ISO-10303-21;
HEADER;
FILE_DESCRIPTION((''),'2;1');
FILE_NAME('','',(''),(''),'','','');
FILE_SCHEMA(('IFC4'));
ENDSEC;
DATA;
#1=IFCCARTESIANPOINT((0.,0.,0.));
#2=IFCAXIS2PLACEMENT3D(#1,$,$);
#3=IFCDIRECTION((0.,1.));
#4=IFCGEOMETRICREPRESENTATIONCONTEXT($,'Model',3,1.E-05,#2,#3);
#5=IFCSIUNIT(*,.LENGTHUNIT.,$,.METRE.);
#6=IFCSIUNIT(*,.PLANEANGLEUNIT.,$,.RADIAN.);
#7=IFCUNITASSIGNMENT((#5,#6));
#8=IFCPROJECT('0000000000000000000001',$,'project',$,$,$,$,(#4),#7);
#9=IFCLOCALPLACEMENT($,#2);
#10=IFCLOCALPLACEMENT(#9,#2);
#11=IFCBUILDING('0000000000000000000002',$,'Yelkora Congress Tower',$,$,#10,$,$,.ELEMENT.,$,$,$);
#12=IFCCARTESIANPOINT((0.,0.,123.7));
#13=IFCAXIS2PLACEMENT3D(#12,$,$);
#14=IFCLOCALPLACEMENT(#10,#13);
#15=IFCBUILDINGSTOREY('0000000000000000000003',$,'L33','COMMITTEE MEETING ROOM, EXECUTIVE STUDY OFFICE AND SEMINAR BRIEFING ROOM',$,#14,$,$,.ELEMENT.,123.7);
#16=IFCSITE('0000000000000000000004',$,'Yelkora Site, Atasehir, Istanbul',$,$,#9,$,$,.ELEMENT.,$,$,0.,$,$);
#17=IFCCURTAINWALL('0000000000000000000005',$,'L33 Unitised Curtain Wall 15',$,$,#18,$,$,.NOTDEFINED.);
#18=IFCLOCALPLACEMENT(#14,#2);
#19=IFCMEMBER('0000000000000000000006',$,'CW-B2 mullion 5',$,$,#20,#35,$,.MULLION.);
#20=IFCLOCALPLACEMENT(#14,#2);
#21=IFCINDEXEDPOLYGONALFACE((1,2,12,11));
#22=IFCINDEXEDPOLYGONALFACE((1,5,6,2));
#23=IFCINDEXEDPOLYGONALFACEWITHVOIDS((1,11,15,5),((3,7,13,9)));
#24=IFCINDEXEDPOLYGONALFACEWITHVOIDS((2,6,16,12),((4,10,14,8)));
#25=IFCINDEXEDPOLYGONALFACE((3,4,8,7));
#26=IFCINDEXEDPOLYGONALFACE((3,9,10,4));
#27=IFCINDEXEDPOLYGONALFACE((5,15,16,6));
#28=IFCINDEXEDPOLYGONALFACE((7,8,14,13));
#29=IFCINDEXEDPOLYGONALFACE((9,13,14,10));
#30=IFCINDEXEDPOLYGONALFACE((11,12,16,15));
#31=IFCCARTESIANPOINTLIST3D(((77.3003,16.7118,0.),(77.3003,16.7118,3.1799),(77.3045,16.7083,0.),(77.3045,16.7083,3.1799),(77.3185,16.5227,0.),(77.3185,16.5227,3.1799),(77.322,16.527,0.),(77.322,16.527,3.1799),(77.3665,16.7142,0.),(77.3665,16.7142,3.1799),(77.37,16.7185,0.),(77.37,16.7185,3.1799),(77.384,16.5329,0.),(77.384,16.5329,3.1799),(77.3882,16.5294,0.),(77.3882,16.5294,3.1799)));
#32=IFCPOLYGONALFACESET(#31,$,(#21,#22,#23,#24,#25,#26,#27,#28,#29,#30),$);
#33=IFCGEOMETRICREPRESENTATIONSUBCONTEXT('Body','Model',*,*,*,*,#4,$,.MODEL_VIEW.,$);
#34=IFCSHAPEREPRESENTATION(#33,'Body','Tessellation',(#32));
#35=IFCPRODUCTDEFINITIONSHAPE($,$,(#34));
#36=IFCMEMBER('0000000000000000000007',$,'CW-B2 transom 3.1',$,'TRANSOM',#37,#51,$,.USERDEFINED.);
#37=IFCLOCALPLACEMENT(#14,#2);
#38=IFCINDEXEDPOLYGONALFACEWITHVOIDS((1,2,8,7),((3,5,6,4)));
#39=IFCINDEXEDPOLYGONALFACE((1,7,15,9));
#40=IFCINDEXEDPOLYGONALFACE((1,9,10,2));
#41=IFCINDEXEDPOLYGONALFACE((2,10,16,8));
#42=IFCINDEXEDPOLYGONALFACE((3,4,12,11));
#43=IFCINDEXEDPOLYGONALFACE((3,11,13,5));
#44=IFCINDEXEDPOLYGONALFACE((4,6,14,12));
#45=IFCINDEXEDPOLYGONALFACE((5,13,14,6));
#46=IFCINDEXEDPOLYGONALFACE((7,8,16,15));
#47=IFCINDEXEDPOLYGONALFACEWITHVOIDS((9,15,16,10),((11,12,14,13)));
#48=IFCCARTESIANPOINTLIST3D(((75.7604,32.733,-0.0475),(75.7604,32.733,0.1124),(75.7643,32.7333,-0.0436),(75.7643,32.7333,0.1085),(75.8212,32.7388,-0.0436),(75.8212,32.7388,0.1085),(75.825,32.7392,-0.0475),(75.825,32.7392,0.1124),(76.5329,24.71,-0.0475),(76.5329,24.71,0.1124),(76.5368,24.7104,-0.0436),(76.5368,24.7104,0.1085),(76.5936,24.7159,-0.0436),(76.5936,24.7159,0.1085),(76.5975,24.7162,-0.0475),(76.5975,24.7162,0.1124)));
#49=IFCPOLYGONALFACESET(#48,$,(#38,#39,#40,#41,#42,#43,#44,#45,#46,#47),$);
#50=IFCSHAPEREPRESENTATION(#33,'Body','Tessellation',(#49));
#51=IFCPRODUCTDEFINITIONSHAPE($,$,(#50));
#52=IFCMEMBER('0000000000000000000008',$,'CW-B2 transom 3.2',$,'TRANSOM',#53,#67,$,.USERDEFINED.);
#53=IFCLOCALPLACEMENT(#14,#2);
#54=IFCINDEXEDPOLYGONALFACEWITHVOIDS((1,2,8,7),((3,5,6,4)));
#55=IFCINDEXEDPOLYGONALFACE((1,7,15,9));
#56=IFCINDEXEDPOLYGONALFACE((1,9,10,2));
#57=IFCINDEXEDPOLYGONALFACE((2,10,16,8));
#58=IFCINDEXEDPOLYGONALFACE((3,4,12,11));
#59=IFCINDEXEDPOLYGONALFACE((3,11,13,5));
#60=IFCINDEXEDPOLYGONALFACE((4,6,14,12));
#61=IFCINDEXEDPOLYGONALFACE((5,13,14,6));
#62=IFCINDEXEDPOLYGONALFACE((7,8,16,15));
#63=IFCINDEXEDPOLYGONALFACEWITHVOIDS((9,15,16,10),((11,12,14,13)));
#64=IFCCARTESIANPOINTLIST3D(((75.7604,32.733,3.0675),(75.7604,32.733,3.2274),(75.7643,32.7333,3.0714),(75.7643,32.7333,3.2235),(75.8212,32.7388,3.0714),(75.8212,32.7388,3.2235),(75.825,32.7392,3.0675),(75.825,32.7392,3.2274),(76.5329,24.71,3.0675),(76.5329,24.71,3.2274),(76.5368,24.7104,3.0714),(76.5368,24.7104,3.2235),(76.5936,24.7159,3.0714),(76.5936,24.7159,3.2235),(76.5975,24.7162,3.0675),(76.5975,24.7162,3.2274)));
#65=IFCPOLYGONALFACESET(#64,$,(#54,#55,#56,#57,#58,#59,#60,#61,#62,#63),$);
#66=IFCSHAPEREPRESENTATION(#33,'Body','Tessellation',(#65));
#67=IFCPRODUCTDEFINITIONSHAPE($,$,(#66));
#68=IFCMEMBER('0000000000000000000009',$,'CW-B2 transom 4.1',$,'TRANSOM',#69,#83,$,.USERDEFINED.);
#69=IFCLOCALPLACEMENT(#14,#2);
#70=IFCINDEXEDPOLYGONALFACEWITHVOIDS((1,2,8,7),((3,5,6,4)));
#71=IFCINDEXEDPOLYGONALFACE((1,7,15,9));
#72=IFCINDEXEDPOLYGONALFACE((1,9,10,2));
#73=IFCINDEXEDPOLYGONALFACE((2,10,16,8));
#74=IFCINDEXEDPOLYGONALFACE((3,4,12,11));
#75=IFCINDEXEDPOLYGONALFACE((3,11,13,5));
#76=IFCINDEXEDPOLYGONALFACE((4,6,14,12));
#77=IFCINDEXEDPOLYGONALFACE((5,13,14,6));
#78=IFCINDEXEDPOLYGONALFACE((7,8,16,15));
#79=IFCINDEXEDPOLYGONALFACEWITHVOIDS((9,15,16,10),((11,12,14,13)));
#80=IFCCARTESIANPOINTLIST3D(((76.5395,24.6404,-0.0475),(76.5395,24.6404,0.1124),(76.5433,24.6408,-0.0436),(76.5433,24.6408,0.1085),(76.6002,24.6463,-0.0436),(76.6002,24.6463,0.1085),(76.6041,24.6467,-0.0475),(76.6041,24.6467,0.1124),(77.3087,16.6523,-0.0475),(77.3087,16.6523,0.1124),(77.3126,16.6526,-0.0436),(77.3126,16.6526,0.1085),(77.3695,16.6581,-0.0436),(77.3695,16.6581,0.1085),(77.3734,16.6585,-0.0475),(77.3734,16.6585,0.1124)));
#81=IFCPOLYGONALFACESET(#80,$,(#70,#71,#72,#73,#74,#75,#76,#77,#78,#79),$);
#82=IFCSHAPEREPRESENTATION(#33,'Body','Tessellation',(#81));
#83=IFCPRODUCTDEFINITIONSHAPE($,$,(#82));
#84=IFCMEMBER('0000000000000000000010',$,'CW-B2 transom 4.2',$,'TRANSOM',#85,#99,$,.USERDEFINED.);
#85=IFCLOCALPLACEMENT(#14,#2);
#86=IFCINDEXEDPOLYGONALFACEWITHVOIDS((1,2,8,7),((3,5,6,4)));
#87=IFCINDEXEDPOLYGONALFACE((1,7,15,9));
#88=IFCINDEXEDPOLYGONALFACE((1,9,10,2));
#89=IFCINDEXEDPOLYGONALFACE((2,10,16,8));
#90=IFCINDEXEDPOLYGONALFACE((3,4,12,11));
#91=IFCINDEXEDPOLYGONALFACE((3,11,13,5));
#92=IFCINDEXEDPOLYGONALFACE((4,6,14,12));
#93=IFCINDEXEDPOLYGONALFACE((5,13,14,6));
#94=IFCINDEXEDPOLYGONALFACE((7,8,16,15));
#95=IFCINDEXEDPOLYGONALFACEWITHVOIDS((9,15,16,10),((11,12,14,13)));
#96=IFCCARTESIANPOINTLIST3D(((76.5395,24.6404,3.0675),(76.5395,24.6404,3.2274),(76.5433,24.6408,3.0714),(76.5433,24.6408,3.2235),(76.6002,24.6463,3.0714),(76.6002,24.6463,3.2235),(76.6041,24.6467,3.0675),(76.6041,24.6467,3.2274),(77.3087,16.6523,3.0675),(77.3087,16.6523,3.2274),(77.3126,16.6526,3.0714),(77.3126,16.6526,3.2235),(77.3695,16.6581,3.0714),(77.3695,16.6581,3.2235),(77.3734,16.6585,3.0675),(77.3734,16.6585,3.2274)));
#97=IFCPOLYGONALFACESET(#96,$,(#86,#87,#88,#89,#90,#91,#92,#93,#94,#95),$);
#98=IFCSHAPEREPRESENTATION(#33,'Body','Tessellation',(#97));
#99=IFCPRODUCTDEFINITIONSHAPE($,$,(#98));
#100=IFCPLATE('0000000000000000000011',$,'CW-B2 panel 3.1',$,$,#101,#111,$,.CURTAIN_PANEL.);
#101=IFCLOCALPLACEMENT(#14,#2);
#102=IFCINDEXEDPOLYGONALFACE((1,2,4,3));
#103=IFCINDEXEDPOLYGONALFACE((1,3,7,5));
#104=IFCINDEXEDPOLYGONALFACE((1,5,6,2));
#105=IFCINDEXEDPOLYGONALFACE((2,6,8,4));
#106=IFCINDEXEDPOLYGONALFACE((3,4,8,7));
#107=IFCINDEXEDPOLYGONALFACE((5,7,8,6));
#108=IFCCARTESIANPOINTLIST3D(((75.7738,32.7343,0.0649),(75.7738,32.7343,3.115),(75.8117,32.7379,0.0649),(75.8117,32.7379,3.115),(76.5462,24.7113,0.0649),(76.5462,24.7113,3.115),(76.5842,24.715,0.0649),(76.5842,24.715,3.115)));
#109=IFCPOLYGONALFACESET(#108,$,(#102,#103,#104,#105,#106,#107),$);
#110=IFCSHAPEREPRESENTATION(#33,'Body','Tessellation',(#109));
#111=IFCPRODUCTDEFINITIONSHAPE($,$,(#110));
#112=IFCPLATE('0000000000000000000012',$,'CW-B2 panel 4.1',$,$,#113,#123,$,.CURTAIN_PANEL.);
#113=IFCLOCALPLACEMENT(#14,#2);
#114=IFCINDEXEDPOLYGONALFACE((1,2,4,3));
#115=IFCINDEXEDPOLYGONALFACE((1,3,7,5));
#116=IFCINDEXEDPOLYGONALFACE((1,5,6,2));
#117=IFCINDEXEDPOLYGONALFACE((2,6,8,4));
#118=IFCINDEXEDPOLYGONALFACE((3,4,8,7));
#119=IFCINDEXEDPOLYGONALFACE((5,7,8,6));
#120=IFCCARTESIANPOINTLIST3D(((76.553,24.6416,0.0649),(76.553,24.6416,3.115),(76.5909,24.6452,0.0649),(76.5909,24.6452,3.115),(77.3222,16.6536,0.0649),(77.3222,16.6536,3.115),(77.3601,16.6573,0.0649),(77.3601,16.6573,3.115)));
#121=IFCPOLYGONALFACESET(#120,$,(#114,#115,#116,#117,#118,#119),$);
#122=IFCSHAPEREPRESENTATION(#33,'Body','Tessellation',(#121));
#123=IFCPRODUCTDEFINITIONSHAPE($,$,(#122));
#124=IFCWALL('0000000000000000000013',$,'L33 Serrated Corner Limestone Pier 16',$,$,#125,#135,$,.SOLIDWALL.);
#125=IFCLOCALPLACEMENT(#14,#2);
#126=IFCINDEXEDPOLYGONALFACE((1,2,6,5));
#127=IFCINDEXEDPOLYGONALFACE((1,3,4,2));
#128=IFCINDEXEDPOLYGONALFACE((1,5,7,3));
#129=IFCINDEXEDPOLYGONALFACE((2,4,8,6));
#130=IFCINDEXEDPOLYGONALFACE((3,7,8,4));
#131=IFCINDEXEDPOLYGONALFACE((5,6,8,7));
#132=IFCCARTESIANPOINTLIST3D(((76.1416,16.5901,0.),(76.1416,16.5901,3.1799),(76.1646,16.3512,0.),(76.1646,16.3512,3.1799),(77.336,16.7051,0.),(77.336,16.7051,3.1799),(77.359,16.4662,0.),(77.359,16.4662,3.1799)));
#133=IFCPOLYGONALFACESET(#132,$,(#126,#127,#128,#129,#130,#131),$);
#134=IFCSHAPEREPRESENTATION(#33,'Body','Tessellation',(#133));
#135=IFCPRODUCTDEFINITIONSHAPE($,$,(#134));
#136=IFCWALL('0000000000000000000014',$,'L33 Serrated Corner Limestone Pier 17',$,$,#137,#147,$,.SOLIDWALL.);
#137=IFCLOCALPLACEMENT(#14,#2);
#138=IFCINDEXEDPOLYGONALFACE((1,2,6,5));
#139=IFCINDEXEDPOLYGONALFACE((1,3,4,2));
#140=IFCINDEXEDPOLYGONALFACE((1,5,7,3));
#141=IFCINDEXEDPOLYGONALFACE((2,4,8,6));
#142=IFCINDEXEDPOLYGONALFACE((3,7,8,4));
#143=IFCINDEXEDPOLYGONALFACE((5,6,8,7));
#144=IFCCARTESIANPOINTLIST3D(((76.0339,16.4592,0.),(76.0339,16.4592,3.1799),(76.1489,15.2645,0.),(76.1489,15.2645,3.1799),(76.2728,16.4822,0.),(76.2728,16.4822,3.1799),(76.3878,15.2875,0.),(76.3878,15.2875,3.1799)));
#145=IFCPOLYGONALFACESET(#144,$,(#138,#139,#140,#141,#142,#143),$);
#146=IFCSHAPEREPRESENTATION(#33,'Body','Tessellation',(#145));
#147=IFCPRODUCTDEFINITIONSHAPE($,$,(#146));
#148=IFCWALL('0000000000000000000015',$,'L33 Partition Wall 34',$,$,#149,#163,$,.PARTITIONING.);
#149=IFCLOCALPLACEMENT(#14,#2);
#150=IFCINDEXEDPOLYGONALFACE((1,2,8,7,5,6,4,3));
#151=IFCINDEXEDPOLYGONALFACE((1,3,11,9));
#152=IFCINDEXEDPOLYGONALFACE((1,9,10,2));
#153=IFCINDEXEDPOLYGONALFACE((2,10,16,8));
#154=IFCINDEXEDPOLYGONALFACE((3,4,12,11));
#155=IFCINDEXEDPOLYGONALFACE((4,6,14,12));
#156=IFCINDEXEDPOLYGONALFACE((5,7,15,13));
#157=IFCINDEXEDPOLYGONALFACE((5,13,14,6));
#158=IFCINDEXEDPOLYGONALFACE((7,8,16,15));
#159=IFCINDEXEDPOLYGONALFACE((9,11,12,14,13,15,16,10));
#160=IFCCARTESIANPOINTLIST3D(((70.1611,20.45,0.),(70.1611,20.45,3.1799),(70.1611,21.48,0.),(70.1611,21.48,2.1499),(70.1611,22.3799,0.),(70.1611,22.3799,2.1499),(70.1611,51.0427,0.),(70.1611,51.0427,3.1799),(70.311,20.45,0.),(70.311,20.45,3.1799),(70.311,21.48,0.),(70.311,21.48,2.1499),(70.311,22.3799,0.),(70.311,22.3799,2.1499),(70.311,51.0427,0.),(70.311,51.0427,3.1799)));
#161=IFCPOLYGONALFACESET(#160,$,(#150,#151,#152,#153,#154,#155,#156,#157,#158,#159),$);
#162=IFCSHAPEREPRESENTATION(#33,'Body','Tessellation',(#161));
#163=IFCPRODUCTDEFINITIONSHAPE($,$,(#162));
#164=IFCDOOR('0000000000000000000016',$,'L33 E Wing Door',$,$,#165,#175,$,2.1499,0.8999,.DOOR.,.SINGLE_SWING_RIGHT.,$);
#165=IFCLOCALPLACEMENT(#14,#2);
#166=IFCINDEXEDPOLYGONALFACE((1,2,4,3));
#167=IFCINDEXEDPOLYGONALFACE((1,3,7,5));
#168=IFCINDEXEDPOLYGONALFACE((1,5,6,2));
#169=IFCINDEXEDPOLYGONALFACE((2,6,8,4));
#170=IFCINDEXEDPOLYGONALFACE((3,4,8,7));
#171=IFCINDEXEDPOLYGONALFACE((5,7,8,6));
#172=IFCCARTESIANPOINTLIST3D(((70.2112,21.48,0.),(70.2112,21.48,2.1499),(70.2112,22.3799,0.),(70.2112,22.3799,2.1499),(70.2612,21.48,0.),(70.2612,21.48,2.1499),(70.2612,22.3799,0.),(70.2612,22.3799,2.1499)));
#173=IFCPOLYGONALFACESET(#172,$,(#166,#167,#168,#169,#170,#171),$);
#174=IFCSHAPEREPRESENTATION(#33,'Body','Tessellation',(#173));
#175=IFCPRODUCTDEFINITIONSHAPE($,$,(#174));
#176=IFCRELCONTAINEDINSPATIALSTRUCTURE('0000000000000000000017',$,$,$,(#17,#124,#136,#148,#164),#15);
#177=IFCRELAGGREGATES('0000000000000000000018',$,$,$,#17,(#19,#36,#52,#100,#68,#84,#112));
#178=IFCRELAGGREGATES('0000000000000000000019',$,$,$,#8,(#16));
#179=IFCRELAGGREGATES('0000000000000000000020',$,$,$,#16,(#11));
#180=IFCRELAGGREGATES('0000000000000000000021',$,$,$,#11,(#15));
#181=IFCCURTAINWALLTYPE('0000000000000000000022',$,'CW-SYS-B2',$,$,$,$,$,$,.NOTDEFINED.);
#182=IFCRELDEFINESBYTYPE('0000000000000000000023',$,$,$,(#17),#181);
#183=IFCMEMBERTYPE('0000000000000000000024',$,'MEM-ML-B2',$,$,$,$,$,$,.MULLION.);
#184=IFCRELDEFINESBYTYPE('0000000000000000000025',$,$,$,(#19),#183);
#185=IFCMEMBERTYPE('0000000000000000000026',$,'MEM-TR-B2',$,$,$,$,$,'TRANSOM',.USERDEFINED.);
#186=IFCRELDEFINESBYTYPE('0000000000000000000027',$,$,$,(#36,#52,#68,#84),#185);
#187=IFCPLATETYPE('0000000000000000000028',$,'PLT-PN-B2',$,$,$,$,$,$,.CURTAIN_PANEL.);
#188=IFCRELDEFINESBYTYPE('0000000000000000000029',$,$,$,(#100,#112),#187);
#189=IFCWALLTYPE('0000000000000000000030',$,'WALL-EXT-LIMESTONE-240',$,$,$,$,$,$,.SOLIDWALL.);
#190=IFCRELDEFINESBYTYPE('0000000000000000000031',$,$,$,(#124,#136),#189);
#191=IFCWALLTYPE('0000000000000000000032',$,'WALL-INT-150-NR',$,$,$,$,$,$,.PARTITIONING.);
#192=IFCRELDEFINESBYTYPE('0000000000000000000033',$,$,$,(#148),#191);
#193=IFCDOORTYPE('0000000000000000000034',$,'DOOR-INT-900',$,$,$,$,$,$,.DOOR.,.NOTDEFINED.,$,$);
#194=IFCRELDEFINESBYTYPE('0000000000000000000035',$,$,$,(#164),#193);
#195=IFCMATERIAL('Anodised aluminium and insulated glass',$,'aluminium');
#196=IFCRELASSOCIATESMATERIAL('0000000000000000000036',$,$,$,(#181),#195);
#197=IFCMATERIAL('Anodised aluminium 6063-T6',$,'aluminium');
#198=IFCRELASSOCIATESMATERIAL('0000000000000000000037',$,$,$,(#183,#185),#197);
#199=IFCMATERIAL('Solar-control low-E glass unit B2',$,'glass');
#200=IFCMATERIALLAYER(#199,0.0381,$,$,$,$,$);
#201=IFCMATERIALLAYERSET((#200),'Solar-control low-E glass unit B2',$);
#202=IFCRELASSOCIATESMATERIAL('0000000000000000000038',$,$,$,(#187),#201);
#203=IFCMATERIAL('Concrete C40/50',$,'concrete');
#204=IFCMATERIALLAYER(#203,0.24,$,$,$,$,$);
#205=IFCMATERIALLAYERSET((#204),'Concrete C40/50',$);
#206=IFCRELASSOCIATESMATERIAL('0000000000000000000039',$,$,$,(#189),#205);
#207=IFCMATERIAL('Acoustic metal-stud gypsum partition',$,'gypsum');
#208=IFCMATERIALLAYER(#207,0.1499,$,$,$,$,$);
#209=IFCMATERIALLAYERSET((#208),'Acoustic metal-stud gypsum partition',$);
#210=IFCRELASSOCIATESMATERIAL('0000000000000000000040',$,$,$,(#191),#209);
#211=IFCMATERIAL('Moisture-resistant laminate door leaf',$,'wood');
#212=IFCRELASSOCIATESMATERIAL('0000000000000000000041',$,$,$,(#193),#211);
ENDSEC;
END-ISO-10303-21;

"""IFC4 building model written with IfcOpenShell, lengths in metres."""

from ifc_helpers import new_model, si_unit, direction, frame, frame_2d, origin, origin_2d, place, context, subcontext, project, spatial, rectangle, hollow_rectangle, extrude, material, layer, layer_set, material_profile, profile_set, type_object, element, fill, aggregate, save


model = new_model("IFC4")

# Units and contexts
model_context = context("Model", 3, precision=1e-05, world=origin(), true_north=direction((0.0, 1.0)))
body_context = subcontext(model_context, "Body", "Model", "MODEL_VIEW")
ifc_project = project(units=[si_unit("LENGTHUNIT", "METRE"), si_unit("PLANEANGLEUNIT", "RADIAN")], contexts=[model_context])

# Site, building, storey
site_placement = place(None, origin())
site = spatial("IfcSite", under=ifc_project, at=site_placement, Name="Yelkora Site, Atasehir, Istanbul", CompositionType="ELEMENT", RefElevation=0.0)
building_placement = place(site_placement, origin())
building = spatial("IfcBuilding", under=site, at=building_placement, Name="Yelkora Congress Tower", CompositionType="ELEMENT")
storey_placement = place(building_placement, frame((0.0, 0.0, 123.7)))
storey = spatial("IfcBuildingStorey", under=building, at=storey_placement, Name="L33", Description="COMMITTEE MEETING ROOM, EXECUTIVE STUDY OFFICE AND SEMINAR BRIEFING ROOM", CompositionType="ELEMENT", Elevation=123.7)

# Curtain wall, members, plates
ifc_material_1 = material(Name="Anodised aluminium and insulated glass", Category="aluminium")
curtain_wall_type = type_object("IfcCurtainWallType", Name="CW-SYS-B2", PredefinedType="NOTDEFINED", material=ifc_material_1)
curtain_wall_placement = place(storey_placement, origin())
curtain_wall = element("IfcCurtainWall", 1, at=curtain_wall_placement, inside=storey, type_object=curtain_wall_type, Name="L33 Unitised Curtain Wall 15", PredefinedType="NOTDEFINED")
ifc_material_2 = material(Name="Anodised aluminium 6063-T6", Category="aluminium")
ifc_material_profile_1 = material_profile(ifc_material_2, hollow_rectangle(XDim=0.0701, YDim=0.1899, WallThickness=0.0039, at=origin_2d()), Name="ALU 70x190x4")
ifc_profile_set_1 = profile_set([ifc_material_profile_1], Name="Anodised aluminium 6063-T6")
member_type_1 = type_object("IfcMemberType", Name="MEM-ML-B2", PredefinedType="MULLION", material=ifc_profile_set_1)
member_1_placement = place(storey_placement, frame((77.3442, 16.6206, 0.0), z_axis=(0.0, 0.0, 1.0), x_axis=(0.995397, 0.095843, 0.0)))
member_1 = element("IfcMember", 2, at=member_1_placement, type_object=member_type_1, Name="CW-B2 mullion 5", PredefinedType="MULLION", context=body_context, shape_type="SweptSolid", body=[
    extrude(hollow_rectangle(XDim=0.0701, YDim=0.1899, WallThickness=0.0039, at=origin_2d()), origin(), (0.0, 0.0, 1.0), 3.1799),
])
ifc_material_profile_2 = material_profile(ifc_material_2, hollow_rectangle(XDim=0.0649, YDim=0.1599, WallThickness=0.0039, at=origin_2d()), Name="ALU 65x160x4")
ifc_profile_set_2 = profile_set([ifc_material_profile_2], Name="Anodised aluminium 6063-T6")
member_type_2 = type_object("IfcMemberType", Name="MEM-TR-B2", ElementType="TRANSOM", PredefinedType="USERDEFINED", material=ifc_profile_set_2)
member_2_placement = place(storey_placement, frame((75.7927, 32.7361, 0.0325), z_axis=(0.095838, -0.995397, 0.0), x_axis=(0.995397, 0.095838, 0.0)))
member_2 = element("IfcMember", 3, at=member_2_placement, type_object=member_type_2, Name="CW-B2 transom 3.1", ObjectType="TRANSOM", PredefinedType="USERDEFINED", context=body_context, shape_type="SweptSolid", body=[
    extrude(hollow_rectangle(XDim=0.0649, YDim=0.1599, WallThickness=0.0039, at=origin_2d()), origin(), (0.0, 0.0, 1.0), 8.0601),
])
member_3_placement = place(storey_placement, frame((75.7927, 32.7361, 3.1475), z_axis=(0.095838, -0.995397, 0.0), x_axis=(0.995397, 0.095838, 0.0)))
member_3 = element("IfcMember", 4, at=member_3_placement, type_object=member_type_2, Name="CW-B2 transom 3.2", ObjectType="TRANSOM", PredefinedType="USERDEFINED", context=body_context, shape_type="SweptSolid", body=[
    extrude(hollow_rectangle(XDim=0.0649, YDim=0.1599, WallThickness=0.0039, at=origin_2d()), origin(), (0.0, 0.0, 1.0), 8.0601),
])
member_4_placement = place(storey_placement, frame((76.5718, 24.6436, 0.0325), z_axis=(0.095858, -0.995395, 0.0), x_axis=(0.995395, 0.095858, 0.0)))
member_4 = element("IfcMember", 5, at=member_4_placement, type_object=member_type_2, Name="CW-B2 transom 4.1", ObjectType="TRANSOM", PredefinedType="USERDEFINED", context=body_context, shape_type="SweptSolid", body=[
    extrude(hollow_rectangle(XDim=0.0649, YDim=0.1599, WallThickness=0.0039, at=origin_2d()), origin(), (0.0, 0.0, 1.0), 8.0251),
])
member_5_placement = place(storey_placement, frame((76.5718, 24.6436, 3.1475), z_axis=(0.095858, -0.995395, 0.0), x_axis=(0.995395, 0.095858, 0.0)))
member_5 = element("IfcMember", 6, at=member_5_placement, type_object=member_type_2, Name="CW-B2 transom 4.2", ObjectType="TRANSOM", PredefinedType="USERDEFINED", context=body_context, shape_type="SweptSolid", body=[
    extrude(hollow_rectangle(XDim=0.0649, YDim=0.1599, WallThickness=0.0039, at=origin_2d()), origin(), (0.0, 0.0, 1.0), 8.0251),
])
ifc_material_3 = material(Name="Solar-control low-E glass unit B2", Category="glass")
ifc_layer_1 = layer(ifc_material_3, 0.0381)
ifc_layer_set_1 = layer_set([ifc_layer_1], Name="Solar-control low-E glass unit B2")
plate_type = type_object("IfcPlateType", Name="PLT-PN-B2", PredefinedType="CURTAIN_PANEL", material=ifc_layer_set_1)
plate_1_placement = place(storey_placement, frame((76.179, 28.7246, 0.0649), z_axis=(0.0, 0.0, 1.0), x_axis=(0.095843, -0.995397, 0.0)))
plate_1 = element("IfcPlate", 7, at=plate_1_placement, type_object=plate_type, Name="CW-B2 panel 3.1", PredefinedType="CURTAIN_PANEL", context=body_context, shape_type="SweptSolid", body=[
    extrude(rectangle(XDim=8.0601, YDim=0.0381, at=origin_2d()), origin(), (0.0, 0.0, 1.0), 3.05),
])
plate_2_placement = place(storey_placement, frame((76.9565, 20.6494, 0.0649), z_axis=(0.0, 0.0, 1.0), x_axis=(0.095843, -0.995397, 0.0)))
plate_2 = element("IfcPlate", 8, at=plate_2_placement, type_object=plate_type, Name="CW-B2 panel 4.1", PredefinedType="CURTAIN_PANEL", context=body_context, shape_type="SweptSolid", body=[
    extrude(rectangle(XDim=8.0249, YDim=0.0381, at=origin_2d()), origin(), (0.0, 0.0, 1.0), 3.05),
])
aggregate(curtain_wall, [member_1, member_2, member_3, plate_1, member_4, member_5, plate_2])

# Walls
ifc_material_4 = material(Name="Concrete C40/50", Category="concrete")
ifc_layer_2 = layer(ifc_material_4, 0.24)
ifc_layer_set_2 = layer_set([ifc_layer_2], Name="Concrete C40/50")
wall_type_1 = type_object("IfcWallType", Name="WALL-EXT-LIMESTONE-240", PredefinedType="SOLIDWALL", material=ifc_layer_set_2)
wall_1_placement = place(storey_placement, frame((77.3477, 16.5857, 0.0), z_axis=(0.0, 0.0, 1.0), x_axis=(-0.995397, -0.095836, 0.0)))
element("IfcWall", 9, at=wall_1_placement, inside=storey, type_object=wall_type_1, Name="L33 Serrated Corner Limestone Pier 16", PredefinedType="SOLIDWALL", context=body_context, shape_type="SweptSolid", body=[
    extrude(rectangle(XDim=1.2, YDim=0.24, at=frame_2d((0.6001, 0.0))), origin(), (0.0, 0.0, 1.0), 3.1799),
])
wall_2_placement = place(storey_placement, frame((76.1533, 16.4707, 0.0), z_axis=(0.0, 0.0, 1.0), x_axis=(0.095817, -0.995399, 0.0)))
element("IfcWall", 10, at=wall_2_placement, inside=storey, type_object=wall_type_1, Name="L33 Serrated Corner Limestone Pier 17", PredefinedType="SOLIDWALL", context=body_context, shape_type="SweptSolid", body=[
    extrude(rectangle(XDim=1.2002, YDim=0.24, at=frame_2d((0.6001, 0.0))), origin(), (0.0, 0.0, 1.0), 3.1799),
])

# Wall, opening, door
ifc_material_5 = material(Name="Acoustic metal-stud gypsum partition", Category="gypsum")
ifc_layer_3 = layer(ifc_material_5, 0.1499)
ifc_layer_set_3 = layer_set([ifc_layer_3], Name="Acoustic metal-stud gypsum partition")
wall_type_2 = type_object("IfcWallType", Name="WALL-INT-150-NR", PredefinedType="PARTITIONING", material=ifc_layer_set_3)
wall_3_placement = place(storey_placement, frame((70.2361, 20.45, 0.0), z_axis=(0.0, 0.0, 1.0), x_axis=(0.0, 1.0, 0.0)))
wall_3 = element("IfcWall", 11, at=wall_3_placement, inside=storey, type_object=wall_type_2, Name="L33 Partition Wall 34", PredefinedType="PARTITIONING", context=body_context, shape_type="SweptSolid", body=[
    extrude(rectangle(XDim=30.5928, YDim=0.1499, at=frame_2d((15.2964, 0.0))), origin(), (0.0, 0.0, 1.0), 3.1799),
])
opening_placement = place(wall_3_placement, frame((1.03, 0.0, 0.0)))
opening = element("IfcOpeningElement", 12, at=opening_placement, cuts=wall_3, PredefinedType="OPENING", context=body_context, shape_type="SweptSolid", body=[
    extrude(rectangle(XDim=0.8999, YDim=2.1499, at=frame_2d((0.45, 1.075))), frame((0.0, 0.085, 0.0), z_axis=(0.0, -1.0, 0.0), x_axis=(1.0, 0.0, 0.0)), (0.0, 0.0, 1.0), 0.1699),
])
ifc_material_6 = material(Name="Moisture-resistant laminate door leaf", Category="wood")
door_type = type_object("IfcDoorType", Name="DOOR-INT-900", OperationType="NOTDEFINED", PredefinedType="DOOR", material=ifc_material_6)
door_placement = place(opening_placement, origin())
door = element("IfcDoor", 13, at=door_placement, inside=storey, type_object=door_type, Name="L33 E Wing Door", OperationType="SINGLE_SWING_RIGHT", OverallHeight=2.1499, OverallWidth=0.8999, PredefinedType="DOOR", context=body_context, shape_type="SweptSolid", body=[
    extrude(rectangle(XDim=0.8999, YDim=2.1499, at=frame_2d((0.45, 1.075))), frame((0.0, 0.0249, 0.0), z_axis=(0.0, -1.0, 0.0), x_axis=(1.0, 0.0, 0.0)), (0.0, 0.0, 1.0), 0.05),
])
fill(opening, door)

save(model, "model.ifc")
